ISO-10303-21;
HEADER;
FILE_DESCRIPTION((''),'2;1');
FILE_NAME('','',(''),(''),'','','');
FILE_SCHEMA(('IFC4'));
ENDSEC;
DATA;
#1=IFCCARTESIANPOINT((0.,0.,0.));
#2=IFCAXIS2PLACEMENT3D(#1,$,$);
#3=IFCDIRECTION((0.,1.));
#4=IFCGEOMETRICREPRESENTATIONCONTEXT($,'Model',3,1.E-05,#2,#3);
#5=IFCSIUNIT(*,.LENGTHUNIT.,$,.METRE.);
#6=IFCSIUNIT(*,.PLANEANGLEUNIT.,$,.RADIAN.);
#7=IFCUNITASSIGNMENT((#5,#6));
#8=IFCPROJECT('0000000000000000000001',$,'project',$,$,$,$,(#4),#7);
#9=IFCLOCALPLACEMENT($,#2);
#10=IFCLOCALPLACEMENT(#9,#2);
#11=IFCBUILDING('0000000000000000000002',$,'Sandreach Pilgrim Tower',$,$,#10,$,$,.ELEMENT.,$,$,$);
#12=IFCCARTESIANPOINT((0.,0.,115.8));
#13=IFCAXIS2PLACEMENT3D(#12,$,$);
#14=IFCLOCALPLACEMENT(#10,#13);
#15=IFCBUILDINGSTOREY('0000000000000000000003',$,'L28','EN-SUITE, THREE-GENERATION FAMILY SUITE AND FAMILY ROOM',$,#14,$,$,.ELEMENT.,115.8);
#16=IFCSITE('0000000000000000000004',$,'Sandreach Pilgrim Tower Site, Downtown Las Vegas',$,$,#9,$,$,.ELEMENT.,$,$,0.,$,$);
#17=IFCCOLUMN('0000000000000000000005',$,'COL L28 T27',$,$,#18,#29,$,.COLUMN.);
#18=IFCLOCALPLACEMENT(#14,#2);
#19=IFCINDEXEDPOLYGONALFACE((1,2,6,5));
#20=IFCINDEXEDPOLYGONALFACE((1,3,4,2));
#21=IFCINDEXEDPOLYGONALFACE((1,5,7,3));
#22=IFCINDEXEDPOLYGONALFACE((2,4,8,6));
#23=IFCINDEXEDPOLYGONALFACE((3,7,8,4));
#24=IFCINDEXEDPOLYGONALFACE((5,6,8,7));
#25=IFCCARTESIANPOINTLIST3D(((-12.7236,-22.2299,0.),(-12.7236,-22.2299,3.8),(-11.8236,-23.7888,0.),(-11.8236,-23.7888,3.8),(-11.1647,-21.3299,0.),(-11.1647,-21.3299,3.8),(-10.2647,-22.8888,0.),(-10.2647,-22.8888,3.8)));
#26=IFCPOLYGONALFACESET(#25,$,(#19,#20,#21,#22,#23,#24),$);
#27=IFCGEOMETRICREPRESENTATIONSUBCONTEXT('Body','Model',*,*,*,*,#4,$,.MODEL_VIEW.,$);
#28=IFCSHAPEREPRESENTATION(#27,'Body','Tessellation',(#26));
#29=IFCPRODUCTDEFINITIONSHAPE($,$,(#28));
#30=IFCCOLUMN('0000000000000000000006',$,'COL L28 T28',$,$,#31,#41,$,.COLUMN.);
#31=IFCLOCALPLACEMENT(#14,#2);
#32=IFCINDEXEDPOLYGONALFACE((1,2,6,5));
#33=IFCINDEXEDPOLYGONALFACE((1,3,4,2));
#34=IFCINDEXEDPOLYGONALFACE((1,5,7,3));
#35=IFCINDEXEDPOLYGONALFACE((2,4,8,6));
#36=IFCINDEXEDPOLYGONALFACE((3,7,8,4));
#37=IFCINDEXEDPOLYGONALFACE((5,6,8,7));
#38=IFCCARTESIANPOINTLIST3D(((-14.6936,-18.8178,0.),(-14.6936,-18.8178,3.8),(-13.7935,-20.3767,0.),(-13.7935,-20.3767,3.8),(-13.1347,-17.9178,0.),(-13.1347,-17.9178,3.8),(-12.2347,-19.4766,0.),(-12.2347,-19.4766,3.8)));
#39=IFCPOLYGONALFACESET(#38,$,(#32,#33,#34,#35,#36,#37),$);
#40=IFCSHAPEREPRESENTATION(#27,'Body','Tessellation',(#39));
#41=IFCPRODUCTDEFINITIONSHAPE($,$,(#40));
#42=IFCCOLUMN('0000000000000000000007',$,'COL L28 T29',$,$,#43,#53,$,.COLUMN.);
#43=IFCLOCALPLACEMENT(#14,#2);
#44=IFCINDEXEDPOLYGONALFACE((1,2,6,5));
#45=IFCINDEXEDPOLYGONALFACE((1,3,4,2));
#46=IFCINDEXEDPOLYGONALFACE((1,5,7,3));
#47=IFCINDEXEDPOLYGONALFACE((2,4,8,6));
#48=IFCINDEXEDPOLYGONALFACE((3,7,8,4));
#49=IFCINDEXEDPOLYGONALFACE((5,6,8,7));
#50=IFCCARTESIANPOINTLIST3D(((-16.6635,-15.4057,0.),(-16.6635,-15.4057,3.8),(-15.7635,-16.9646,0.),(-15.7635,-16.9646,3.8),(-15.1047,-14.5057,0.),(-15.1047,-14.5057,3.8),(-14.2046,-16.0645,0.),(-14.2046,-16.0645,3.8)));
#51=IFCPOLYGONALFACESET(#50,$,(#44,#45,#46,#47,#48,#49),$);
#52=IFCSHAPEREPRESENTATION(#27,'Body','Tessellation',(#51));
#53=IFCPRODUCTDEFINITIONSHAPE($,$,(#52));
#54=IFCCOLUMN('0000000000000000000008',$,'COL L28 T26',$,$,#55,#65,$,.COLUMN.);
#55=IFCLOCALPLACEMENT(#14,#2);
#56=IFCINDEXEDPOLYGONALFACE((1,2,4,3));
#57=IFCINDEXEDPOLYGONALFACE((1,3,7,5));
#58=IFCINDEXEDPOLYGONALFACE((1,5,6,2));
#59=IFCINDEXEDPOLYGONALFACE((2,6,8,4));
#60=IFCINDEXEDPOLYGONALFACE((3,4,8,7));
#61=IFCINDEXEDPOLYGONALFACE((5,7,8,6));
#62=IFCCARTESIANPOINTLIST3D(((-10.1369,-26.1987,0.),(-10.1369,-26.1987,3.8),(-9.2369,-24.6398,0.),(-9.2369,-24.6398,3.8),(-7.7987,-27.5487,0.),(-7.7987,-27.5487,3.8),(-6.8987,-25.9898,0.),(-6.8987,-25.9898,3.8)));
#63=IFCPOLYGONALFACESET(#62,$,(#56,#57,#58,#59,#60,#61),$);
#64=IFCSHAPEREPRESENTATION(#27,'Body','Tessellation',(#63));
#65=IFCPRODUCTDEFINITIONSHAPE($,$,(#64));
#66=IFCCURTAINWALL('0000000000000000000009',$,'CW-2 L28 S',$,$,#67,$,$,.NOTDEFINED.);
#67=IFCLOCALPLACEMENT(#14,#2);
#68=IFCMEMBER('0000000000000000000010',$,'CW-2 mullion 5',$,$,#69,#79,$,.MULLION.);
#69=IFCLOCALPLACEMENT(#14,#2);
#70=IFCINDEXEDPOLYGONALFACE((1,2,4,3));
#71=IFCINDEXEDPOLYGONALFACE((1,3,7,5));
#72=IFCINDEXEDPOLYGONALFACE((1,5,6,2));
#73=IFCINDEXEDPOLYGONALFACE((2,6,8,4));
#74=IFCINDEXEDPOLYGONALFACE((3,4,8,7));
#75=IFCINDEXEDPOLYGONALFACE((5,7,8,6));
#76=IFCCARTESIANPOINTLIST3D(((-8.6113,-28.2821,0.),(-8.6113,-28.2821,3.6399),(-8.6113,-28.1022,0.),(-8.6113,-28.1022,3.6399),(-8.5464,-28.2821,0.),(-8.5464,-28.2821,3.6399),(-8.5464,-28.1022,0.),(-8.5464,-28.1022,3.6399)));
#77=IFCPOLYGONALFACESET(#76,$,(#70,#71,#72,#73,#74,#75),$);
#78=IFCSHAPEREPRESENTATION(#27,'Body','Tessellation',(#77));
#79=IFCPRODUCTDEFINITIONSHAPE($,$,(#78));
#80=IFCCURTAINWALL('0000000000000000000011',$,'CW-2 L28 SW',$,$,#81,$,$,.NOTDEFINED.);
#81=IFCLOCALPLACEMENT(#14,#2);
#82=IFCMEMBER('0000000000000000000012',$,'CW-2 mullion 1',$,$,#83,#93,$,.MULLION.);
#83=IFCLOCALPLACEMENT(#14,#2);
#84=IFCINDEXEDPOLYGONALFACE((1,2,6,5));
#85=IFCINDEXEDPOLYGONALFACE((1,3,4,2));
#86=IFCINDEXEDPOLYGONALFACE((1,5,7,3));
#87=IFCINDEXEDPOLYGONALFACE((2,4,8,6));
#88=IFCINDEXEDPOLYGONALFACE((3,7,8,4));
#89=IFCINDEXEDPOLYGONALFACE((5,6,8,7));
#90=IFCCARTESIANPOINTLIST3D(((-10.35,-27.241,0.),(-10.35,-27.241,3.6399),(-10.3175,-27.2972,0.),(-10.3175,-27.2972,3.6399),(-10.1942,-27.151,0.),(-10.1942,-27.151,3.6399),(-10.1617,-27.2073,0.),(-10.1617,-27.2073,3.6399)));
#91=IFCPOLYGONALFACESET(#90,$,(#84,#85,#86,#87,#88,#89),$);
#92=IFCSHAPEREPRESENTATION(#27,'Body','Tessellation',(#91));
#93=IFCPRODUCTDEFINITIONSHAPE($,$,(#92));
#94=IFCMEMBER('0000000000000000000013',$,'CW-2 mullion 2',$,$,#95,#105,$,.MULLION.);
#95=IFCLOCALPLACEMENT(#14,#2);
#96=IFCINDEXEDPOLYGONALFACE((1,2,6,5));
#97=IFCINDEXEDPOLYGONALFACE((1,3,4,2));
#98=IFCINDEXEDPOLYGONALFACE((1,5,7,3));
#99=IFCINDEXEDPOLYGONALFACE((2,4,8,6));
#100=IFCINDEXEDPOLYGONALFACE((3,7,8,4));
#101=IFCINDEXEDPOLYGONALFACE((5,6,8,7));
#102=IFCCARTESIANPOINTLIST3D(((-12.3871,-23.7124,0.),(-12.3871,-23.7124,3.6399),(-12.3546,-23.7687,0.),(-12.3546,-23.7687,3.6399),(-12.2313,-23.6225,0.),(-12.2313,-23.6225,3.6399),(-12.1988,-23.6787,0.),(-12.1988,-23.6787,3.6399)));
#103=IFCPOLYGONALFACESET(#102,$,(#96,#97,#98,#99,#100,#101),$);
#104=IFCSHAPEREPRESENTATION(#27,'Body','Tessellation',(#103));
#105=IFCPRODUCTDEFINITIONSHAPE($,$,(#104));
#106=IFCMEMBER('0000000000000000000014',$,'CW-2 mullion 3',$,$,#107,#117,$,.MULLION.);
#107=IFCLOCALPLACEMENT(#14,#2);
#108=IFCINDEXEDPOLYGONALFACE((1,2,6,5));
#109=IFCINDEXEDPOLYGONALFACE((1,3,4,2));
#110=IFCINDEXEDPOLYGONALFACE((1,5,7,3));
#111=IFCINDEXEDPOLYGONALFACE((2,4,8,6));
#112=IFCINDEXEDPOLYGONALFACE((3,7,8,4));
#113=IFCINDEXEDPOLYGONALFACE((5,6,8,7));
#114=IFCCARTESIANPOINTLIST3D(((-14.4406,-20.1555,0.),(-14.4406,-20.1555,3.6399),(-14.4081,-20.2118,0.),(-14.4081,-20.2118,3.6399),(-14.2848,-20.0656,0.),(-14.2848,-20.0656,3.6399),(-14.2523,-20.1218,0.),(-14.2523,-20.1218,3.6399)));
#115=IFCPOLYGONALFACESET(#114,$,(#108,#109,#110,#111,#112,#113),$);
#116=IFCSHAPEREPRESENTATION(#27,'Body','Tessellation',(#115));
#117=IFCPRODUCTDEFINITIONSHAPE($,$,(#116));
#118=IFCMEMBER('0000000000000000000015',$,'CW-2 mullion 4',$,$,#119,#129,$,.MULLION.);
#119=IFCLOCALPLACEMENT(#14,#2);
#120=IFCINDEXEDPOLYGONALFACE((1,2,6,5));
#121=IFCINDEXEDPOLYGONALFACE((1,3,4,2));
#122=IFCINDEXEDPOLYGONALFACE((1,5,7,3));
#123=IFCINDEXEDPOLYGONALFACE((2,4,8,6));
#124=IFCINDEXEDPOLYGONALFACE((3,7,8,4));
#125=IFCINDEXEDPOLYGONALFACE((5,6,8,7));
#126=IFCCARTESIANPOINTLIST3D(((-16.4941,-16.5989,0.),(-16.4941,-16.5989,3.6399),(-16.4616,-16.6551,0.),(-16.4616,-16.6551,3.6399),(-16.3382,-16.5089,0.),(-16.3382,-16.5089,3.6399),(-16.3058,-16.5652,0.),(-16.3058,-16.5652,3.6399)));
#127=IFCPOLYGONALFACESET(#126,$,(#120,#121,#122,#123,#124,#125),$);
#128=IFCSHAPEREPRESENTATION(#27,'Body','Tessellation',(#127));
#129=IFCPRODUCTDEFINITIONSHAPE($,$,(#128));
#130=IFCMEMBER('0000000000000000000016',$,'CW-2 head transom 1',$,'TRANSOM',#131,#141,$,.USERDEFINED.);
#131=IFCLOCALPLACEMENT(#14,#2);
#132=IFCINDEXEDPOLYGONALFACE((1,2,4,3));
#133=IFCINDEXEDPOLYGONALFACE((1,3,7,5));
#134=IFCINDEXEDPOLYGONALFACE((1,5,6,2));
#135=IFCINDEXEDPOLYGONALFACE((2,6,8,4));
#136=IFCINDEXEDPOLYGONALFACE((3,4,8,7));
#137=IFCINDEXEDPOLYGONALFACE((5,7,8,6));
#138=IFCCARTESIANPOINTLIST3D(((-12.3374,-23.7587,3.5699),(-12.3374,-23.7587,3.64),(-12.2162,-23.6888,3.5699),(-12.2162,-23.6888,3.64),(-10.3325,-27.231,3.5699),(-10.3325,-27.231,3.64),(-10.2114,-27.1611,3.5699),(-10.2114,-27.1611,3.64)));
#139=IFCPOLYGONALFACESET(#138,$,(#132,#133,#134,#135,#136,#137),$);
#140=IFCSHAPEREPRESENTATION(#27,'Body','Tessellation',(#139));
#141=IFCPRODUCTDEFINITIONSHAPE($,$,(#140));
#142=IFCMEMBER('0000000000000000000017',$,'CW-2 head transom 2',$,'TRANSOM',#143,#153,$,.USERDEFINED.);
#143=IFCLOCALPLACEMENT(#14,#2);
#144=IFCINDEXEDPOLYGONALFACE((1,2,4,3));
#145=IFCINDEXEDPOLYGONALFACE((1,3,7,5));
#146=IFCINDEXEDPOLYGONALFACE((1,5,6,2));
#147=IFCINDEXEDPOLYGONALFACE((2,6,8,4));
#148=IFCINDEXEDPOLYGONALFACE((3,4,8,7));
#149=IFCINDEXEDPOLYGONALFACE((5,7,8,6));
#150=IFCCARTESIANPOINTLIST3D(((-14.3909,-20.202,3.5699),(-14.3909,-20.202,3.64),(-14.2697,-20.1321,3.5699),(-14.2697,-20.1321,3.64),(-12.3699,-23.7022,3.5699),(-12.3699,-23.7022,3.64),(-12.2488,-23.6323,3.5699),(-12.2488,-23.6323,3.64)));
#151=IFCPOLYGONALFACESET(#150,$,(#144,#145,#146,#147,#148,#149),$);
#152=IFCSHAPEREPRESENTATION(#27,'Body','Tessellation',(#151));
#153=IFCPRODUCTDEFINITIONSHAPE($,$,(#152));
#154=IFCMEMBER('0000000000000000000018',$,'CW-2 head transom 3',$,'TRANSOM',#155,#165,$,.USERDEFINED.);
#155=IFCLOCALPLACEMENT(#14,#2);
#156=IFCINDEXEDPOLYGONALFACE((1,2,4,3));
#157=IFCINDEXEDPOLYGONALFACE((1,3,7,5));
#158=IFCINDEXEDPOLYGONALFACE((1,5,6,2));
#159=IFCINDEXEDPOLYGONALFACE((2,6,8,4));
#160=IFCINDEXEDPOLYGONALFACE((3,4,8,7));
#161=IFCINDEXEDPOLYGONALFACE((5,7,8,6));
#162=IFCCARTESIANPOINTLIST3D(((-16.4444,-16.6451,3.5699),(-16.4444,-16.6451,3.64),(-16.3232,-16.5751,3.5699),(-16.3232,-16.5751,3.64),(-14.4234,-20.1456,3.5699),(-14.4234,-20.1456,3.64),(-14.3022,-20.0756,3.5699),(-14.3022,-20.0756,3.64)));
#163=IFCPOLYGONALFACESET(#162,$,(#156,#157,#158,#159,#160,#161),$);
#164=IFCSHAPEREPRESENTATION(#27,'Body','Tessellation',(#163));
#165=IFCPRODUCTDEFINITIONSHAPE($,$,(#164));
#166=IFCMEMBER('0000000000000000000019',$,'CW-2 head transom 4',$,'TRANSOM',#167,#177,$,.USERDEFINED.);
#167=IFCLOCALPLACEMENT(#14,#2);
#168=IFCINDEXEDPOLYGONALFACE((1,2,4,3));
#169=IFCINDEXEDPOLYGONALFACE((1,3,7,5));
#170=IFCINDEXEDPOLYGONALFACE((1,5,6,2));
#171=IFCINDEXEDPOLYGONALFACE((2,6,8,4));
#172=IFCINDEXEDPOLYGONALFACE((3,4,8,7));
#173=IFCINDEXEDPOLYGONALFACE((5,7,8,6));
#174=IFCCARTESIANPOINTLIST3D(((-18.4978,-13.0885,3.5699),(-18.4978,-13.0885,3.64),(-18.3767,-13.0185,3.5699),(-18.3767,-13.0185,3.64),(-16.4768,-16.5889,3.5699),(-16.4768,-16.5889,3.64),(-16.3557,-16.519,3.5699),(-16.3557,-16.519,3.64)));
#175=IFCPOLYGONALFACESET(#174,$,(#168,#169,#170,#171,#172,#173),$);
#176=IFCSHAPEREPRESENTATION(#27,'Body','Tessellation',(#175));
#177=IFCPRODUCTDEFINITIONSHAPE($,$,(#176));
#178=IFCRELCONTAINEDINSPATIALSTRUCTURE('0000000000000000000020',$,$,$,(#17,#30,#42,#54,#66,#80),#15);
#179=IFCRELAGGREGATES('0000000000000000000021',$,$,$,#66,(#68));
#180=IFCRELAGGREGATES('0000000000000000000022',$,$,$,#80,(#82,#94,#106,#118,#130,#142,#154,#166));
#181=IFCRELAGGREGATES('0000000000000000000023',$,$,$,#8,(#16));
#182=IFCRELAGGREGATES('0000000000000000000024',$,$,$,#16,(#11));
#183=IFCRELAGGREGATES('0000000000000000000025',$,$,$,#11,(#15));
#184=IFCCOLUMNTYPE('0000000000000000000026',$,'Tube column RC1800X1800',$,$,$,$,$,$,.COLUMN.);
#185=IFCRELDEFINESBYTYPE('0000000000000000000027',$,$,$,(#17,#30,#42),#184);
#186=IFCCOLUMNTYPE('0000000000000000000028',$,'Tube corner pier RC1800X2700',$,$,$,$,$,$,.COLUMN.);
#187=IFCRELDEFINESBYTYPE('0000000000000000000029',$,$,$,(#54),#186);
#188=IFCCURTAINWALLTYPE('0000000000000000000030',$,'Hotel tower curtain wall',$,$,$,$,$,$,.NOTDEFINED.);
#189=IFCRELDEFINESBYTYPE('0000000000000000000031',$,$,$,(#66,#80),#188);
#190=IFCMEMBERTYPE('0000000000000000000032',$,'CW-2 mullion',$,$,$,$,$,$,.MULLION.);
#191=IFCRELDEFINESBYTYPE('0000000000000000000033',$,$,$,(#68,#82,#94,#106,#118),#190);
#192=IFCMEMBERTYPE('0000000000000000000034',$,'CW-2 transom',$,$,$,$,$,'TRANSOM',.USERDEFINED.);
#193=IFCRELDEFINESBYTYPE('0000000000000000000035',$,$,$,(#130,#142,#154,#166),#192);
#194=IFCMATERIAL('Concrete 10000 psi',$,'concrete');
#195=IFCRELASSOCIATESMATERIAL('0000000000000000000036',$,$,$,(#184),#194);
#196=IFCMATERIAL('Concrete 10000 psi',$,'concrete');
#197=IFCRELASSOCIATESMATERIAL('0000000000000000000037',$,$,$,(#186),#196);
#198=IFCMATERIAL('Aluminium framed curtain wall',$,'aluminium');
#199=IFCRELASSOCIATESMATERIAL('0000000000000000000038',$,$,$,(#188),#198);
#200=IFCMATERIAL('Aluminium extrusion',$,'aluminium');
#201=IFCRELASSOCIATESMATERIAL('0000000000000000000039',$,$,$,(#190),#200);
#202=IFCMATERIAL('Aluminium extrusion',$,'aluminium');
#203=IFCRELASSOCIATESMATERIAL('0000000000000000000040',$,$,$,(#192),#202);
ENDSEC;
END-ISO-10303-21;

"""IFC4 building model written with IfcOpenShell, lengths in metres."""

from ifc_helpers import new_model, si_unit, direction, frame, origin, origin_2d, place, context, subcontext, project, spatial, rectangle, extrude, material, material_profile, profile_set, type_object, element, aggregate, save


model = new_model("IFC4")

# Units and contexts
model_context = context("Model", 3, precision=1e-05, world=origin(), true_north=direction((0.0, 1.0)))
body_context = subcontext(model_context, "Body", "Model", "MODEL_VIEW")
ifc_project = project(units=[si_unit("LENGTHUNIT", "METRE"), si_unit("PLANEANGLEUNIT", "RADIAN")], contexts=[model_context])

# Site, building, storey
site_placement = place(None, origin())
site = spatial("IfcSite", under=ifc_project, at=site_placement, Name="Sandreach Pilgrim Tower Site, Downtown Las Vegas", CompositionType="ELEMENT", RefElevation=0.0)
building_placement = place(site_placement, origin())
building = spatial("IfcBuilding", under=site, at=building_placement, Name="Sandreach Pilgrim Tower", CompositionType="ELEMENT")
storey_placement = place(building_placement, frame((0.0, 0.0, 115.8)))
storey = spatial("IfcBuildingStorey", under=building, at=storey_placement, Name="L28", Description="EN-SUITE, THREE-GENERATION FAMILY SUITE AND FAMILY ROOM", CompositionType="ELEMENT", Elevation=115.8)

# Columns
ifc_material_1 = material(Name="Concrete 10000 psi", Category="concrete")
ifc_material_profile_1 = material_profile(ifc_material_1, rectangle(XDim=1.8, YDim=1.8, at=origin_2d()), Name="RC1800X1800")
ifc_profile_set_1 = profile_set([ifc_material_profile_1], Name="Concrete 10000 psi")
column_type_1 = type_object("IfcColumnType", Name="Tube column RC1800X1800", PredefinedType="COLUMN", material=ifc_profile_set_1)
for number, where, z_axis, x_axis, name in (
    (1, (-11.4941, -22.5593, 0.0), (0.0, 0.0, 1.0), (-0.866025, -0.5, 0.0), "COL L28 T27"),
    (2, (-13.4641, -19.1472, 0.0), (0.0, 0.0, 1.0), (-0.866025, -0.5, 0.0), "COL L28 T28"),
    (3, (-15.4341, -15.7351, 0.0), (0.0, 0.0, 1.0), (-0.866025, -0.5, 0.0), "COL L28 T29"),
):
    element("IfcColumn", number, at=place(storey_placement, frame(where, z_axis=z_axis, x_axis=x_axis)), inside=storey, type_object=column_type_1, Name=name, PredefinedType="COLUMN", context=body_context, shape_type="SweptSolid", body=[
        extrude(rectangle(XDim=1.8, YDim=1.8, at=origin_2d()), origin(), (0.0, 0.0, 1.0), 3.8),
    ])
ifc_material_2 = material(Name="Concrete 10000 psi", Category="concrete")
ifc_material_profile_2 = material_profile(ifc_material_2, rectangle(XDim=1.8, YDim=2.7, at=origin_2d()), Name="RC1800X2700")
ifc_profile_set_2 = profile_set([ifc_material_profile_2], Name="Concrete 10000 psi")
column_type_2 = type_object("IfcColumnType", Name="Tube corner pier RC1800X2700", PredefinedType="COLUMN", material=ifc_profile_set_2)
column_placement = place(storey_placement, frame((-8.5178, -26.0942, 0.0), z_axis=(0.0, 0.0, 1.0), x_axis=(-0.5, -0.866025, 0.0)))
element("IfcColumn", 4, at=column_placement, inside=storey, type_object=column_type_2, Name="COL L28 T26", PredefinedType="COLUMN", context=body_context, shape_type="SweptSolid", body=[
    extrude(rectangle(XDim=1.8, YDim=2.7, at=origin_2d()), origin(), (0.0, 0.0, 1.0), 3.8),
])

# Curtain wall, member
ifc_material_3 = material(Name="Aluminium framed curtain wall", Category="aluminium")
curtain_wall_type = type_object("IfcCurtainWallType", Name="Hotel tower curtain wall", PredefinedType="NOTDEFINED", material=ifc_material_3)
curtain_wall_1_placement = place(storey_placement, origin())
curtain_wall_1 = element("IfcCurtainWall", 5, at=curtain_wall_1_placement, inside=storey, type_object=curtain_wall_type, Name="CW-2 L28 S", PredefinedType="NOTDEFINED")
ifc_material_4 = material(Name="Aluminium extrusion", Category="aluminium")
ifc_material_profile_3 = material_profile(ifc_material_4, rectangle(XDim=0.0649, YDim=0.1799, at=origin_2d()), Name="CW-2M 65X180")
ifc_profile_set_3 = profile_set([ifc_material_profile_3], Name="Aluminium extrusion")
member_type_1 = type_object("IfcMemberType", Name="CW-2 mullion", PredefinedType="MULLION", material=ifc_profile_set_3)
member_1_placement = place(storey_placement, frame((-8.5789, -28.1921, 0.0), z_axis=(0.0, 0.0, 1.0), x_axis=(-1.0, 0.0, 0.0)))
member_1 = element("IfcMember", 6, at=member_1_placement, type_object=member_type_1, Name="CW-2 mullion 5", PredefinedType="MULLION", context=body_context, shape_type="SweptSolid", body=[
    extrude(rectangle(XDim=0.0649, YDim=0.1799, at=origin_2d()), origin(), (0.0, 0.0, 1.0), 3.6399),
])
aggregate(curtain_wall_1, [member_1])

# Curtain wall, members
curtain_wall_2_placement = place(storey_placement, origin())
curtain_wall_2 = element("IfcCurtainWall", 7, at=curtain_wall_2_placement, inside=storey, type_object=curtain_wall_type, Name="CW-2 L28 SW", PredefinedType="NOTDEFINED")
member_2_placement = place(storey_placement, frame((-10.2559, -27.2241, 0.0), z_axis=(0.0, 0.0, 1.0), x_axis=(-0.5, 0.866025, 0.0)))
member_2 = element("IfcMember", 8, at=member_2_placement, type_object=member_type_1, Name="CW-2 mullion 1", PredefinedType="MULLION", context=body_context, shape_type="SweptSolid", body=[
    extrude(rectangle(XDim=0.0649, YDim=0.1799, at=origin_2d()), origin(), (0.0, 0.0, 1.0), 3.6399),
])
member_3_placement = place(storey_placement, frame((-12.293, -23.6956, 0.0), z_axis=(0.0, 0.0, 1.0), x_axis=(-0.5, 0.866025, 0.0)))
member_3 = element("IfcMember", 9, at=member_3_placement, type_object=member_type_1, Name="CW-2 mullion 2", PredefinedType="MULLION", context=body_context, shape_type="SweptSolid", body=[
    extrude(rectangle(XDim=0.0649, YDim=0.1799, at=origin_2d()), origin(), (0.0, 0.0, 1.0), 3.6399),
])
member_4_placement = place(storey_placement, frame((-14.3464, -20.1387, 0.0), z_axis=(0.0, 0.0, 1.0), x_axis=(-0.5, 0.866025, 0.0)))
member_4 = element("IfcMember", 10, at=member_4_placement, type_object=member_type_1, Name="CW-2 mullion 3", PredefinedType="MULLION", context=body_context, shape_type="SweptSolid", body=[
    extrude(rectangle(XDim=0.0649, YDim=0.1799, at=origin_2d()), origin(), (0.0, 0.0, 1.0), 3.6399),
])
member_5_placement = place(storey_placement, frame((-16.3999, -16.582, 0.0), z_axis=(0.0, 0.0, 1.0), x_axis=(-0.5, 0.866025, 0.0)))
member_5 = element("IfcMember", 11, at=member_5_placement, type_object=member_type_1, Name="CW-2 mullion 4", PredefinedType="MULLION", context=body_context, shape_type="SweptSolid", body=[
    extrude(rectangle(XDim=0.0649, YDim=0.1799, at=origin_2d()), origin(), (0.0, 0.0, 1.0), 3.6399),
])
ifc_material_5 = material(Name="Aluminium extrusion", Category="aluminium")
ifc_material_profile_4 = material_profile(ifc_material_5, rectangle(XDim=0.1399, YDim=0.0701, at=origin_2d()), Name="CW-2T 140X70")
ifc_profile_set_4 = profile_set([ifc_material_profile_4], Name="Aluminium extrusion")
member_type_2 = type_object("IfcMemberType", Name="CW-2 transom", ElementType="TRANSOM", PredefinedType="USERDEFINED", material=ifc_profile_set_4)
member_6_placement = place(storey_placement, frame((-10.272, -27.196, 3.605), z_axis=(-0.500016, 0.866016, 0.0), x_axis=(-0.866016, -0.500016, 0.0)))
member_6 = element("IfcMember", 12, at=member_6_placement, type_object=member_type_2, Name="CW-2 head transom 1", ObjectType="TRANSOM", PredefinedType="USERDEFINED", context=body_context, shape_type="SweptSolid", body=[
    extrude(rectangle(XDim=0.1399, YDim=0.0701, at=origin_2d()), origin(), (0.0, 0.0, 1.0), 4.0095),
])
member_7_placement = place(storey_placement, frame((-12.3093, -23.6672, 3.605), z_axis=(-0.500024, 0.866012, 0.0), x_axis=(-0.866012, -0.500024, 0.0)))
member_7 = element("IfcMember", 13, at=member_7_placement, type_object=member_type_2, Name="CW-2 head transom 2", ObjectType="TRANSOM", PredefinedType="USERDEFINED", context=body_context, shape_type="SweptSolid", body=[
    extrude(rectangle(XDim=0.1399, YDim=0.0701, at=origin_2d()), origin(), (0.0, 0.0, 1.0), 4.0417),
])
member_8_placement = place(storey_placement, frame((-14.3628, -20.1106, 3.605), z_axis=(-0.499998, 0.866027, 0.0), x_axis=(-0.866027, -0.499998, 0.0)))
member_8 = element("IfcMember", 14, at=member_8_placement, type_object=member_type_2, Name="CW-2 head transom 3", ObjectType="TRANSOM", PredefinedType="USERDEFINED", context=body_context, shape_type="SweptSolid", body=[
    extrude(rectangle(XDim=0.1399, YDim=0.0701, at=origin_2d()), origin(), (0.0, 0.0, 1.0), 4.042),
])
member_9_placement = place(storey_placement, frame((-16.4163, -16.554, 3.605), z_axis=(-0.499998, 0.866027, 0.0), x_axis=(-0.866027, -0.499998, 0.0)))
member_9 = element("IfcMember", 15, at=member_9_placement, type_object=member_type_2, Name="CW-2 head transom 4", ObjectType="TRANSOM", PredefinedType="USERDEFINED", context=body_context, shape_type="SweptSolid", body=[
    extrude(rectangle(XDim=0.1399, YDim=0.0701, at=origin_2d()), origin(), (0.0, 0.0, 1.0), 4.042),
])

aggregate(curtain_wall_2, [member_2, member_3, member_4, member_5, member_6, member_7, member_8, member_9])

save(model, "model.ifc")
